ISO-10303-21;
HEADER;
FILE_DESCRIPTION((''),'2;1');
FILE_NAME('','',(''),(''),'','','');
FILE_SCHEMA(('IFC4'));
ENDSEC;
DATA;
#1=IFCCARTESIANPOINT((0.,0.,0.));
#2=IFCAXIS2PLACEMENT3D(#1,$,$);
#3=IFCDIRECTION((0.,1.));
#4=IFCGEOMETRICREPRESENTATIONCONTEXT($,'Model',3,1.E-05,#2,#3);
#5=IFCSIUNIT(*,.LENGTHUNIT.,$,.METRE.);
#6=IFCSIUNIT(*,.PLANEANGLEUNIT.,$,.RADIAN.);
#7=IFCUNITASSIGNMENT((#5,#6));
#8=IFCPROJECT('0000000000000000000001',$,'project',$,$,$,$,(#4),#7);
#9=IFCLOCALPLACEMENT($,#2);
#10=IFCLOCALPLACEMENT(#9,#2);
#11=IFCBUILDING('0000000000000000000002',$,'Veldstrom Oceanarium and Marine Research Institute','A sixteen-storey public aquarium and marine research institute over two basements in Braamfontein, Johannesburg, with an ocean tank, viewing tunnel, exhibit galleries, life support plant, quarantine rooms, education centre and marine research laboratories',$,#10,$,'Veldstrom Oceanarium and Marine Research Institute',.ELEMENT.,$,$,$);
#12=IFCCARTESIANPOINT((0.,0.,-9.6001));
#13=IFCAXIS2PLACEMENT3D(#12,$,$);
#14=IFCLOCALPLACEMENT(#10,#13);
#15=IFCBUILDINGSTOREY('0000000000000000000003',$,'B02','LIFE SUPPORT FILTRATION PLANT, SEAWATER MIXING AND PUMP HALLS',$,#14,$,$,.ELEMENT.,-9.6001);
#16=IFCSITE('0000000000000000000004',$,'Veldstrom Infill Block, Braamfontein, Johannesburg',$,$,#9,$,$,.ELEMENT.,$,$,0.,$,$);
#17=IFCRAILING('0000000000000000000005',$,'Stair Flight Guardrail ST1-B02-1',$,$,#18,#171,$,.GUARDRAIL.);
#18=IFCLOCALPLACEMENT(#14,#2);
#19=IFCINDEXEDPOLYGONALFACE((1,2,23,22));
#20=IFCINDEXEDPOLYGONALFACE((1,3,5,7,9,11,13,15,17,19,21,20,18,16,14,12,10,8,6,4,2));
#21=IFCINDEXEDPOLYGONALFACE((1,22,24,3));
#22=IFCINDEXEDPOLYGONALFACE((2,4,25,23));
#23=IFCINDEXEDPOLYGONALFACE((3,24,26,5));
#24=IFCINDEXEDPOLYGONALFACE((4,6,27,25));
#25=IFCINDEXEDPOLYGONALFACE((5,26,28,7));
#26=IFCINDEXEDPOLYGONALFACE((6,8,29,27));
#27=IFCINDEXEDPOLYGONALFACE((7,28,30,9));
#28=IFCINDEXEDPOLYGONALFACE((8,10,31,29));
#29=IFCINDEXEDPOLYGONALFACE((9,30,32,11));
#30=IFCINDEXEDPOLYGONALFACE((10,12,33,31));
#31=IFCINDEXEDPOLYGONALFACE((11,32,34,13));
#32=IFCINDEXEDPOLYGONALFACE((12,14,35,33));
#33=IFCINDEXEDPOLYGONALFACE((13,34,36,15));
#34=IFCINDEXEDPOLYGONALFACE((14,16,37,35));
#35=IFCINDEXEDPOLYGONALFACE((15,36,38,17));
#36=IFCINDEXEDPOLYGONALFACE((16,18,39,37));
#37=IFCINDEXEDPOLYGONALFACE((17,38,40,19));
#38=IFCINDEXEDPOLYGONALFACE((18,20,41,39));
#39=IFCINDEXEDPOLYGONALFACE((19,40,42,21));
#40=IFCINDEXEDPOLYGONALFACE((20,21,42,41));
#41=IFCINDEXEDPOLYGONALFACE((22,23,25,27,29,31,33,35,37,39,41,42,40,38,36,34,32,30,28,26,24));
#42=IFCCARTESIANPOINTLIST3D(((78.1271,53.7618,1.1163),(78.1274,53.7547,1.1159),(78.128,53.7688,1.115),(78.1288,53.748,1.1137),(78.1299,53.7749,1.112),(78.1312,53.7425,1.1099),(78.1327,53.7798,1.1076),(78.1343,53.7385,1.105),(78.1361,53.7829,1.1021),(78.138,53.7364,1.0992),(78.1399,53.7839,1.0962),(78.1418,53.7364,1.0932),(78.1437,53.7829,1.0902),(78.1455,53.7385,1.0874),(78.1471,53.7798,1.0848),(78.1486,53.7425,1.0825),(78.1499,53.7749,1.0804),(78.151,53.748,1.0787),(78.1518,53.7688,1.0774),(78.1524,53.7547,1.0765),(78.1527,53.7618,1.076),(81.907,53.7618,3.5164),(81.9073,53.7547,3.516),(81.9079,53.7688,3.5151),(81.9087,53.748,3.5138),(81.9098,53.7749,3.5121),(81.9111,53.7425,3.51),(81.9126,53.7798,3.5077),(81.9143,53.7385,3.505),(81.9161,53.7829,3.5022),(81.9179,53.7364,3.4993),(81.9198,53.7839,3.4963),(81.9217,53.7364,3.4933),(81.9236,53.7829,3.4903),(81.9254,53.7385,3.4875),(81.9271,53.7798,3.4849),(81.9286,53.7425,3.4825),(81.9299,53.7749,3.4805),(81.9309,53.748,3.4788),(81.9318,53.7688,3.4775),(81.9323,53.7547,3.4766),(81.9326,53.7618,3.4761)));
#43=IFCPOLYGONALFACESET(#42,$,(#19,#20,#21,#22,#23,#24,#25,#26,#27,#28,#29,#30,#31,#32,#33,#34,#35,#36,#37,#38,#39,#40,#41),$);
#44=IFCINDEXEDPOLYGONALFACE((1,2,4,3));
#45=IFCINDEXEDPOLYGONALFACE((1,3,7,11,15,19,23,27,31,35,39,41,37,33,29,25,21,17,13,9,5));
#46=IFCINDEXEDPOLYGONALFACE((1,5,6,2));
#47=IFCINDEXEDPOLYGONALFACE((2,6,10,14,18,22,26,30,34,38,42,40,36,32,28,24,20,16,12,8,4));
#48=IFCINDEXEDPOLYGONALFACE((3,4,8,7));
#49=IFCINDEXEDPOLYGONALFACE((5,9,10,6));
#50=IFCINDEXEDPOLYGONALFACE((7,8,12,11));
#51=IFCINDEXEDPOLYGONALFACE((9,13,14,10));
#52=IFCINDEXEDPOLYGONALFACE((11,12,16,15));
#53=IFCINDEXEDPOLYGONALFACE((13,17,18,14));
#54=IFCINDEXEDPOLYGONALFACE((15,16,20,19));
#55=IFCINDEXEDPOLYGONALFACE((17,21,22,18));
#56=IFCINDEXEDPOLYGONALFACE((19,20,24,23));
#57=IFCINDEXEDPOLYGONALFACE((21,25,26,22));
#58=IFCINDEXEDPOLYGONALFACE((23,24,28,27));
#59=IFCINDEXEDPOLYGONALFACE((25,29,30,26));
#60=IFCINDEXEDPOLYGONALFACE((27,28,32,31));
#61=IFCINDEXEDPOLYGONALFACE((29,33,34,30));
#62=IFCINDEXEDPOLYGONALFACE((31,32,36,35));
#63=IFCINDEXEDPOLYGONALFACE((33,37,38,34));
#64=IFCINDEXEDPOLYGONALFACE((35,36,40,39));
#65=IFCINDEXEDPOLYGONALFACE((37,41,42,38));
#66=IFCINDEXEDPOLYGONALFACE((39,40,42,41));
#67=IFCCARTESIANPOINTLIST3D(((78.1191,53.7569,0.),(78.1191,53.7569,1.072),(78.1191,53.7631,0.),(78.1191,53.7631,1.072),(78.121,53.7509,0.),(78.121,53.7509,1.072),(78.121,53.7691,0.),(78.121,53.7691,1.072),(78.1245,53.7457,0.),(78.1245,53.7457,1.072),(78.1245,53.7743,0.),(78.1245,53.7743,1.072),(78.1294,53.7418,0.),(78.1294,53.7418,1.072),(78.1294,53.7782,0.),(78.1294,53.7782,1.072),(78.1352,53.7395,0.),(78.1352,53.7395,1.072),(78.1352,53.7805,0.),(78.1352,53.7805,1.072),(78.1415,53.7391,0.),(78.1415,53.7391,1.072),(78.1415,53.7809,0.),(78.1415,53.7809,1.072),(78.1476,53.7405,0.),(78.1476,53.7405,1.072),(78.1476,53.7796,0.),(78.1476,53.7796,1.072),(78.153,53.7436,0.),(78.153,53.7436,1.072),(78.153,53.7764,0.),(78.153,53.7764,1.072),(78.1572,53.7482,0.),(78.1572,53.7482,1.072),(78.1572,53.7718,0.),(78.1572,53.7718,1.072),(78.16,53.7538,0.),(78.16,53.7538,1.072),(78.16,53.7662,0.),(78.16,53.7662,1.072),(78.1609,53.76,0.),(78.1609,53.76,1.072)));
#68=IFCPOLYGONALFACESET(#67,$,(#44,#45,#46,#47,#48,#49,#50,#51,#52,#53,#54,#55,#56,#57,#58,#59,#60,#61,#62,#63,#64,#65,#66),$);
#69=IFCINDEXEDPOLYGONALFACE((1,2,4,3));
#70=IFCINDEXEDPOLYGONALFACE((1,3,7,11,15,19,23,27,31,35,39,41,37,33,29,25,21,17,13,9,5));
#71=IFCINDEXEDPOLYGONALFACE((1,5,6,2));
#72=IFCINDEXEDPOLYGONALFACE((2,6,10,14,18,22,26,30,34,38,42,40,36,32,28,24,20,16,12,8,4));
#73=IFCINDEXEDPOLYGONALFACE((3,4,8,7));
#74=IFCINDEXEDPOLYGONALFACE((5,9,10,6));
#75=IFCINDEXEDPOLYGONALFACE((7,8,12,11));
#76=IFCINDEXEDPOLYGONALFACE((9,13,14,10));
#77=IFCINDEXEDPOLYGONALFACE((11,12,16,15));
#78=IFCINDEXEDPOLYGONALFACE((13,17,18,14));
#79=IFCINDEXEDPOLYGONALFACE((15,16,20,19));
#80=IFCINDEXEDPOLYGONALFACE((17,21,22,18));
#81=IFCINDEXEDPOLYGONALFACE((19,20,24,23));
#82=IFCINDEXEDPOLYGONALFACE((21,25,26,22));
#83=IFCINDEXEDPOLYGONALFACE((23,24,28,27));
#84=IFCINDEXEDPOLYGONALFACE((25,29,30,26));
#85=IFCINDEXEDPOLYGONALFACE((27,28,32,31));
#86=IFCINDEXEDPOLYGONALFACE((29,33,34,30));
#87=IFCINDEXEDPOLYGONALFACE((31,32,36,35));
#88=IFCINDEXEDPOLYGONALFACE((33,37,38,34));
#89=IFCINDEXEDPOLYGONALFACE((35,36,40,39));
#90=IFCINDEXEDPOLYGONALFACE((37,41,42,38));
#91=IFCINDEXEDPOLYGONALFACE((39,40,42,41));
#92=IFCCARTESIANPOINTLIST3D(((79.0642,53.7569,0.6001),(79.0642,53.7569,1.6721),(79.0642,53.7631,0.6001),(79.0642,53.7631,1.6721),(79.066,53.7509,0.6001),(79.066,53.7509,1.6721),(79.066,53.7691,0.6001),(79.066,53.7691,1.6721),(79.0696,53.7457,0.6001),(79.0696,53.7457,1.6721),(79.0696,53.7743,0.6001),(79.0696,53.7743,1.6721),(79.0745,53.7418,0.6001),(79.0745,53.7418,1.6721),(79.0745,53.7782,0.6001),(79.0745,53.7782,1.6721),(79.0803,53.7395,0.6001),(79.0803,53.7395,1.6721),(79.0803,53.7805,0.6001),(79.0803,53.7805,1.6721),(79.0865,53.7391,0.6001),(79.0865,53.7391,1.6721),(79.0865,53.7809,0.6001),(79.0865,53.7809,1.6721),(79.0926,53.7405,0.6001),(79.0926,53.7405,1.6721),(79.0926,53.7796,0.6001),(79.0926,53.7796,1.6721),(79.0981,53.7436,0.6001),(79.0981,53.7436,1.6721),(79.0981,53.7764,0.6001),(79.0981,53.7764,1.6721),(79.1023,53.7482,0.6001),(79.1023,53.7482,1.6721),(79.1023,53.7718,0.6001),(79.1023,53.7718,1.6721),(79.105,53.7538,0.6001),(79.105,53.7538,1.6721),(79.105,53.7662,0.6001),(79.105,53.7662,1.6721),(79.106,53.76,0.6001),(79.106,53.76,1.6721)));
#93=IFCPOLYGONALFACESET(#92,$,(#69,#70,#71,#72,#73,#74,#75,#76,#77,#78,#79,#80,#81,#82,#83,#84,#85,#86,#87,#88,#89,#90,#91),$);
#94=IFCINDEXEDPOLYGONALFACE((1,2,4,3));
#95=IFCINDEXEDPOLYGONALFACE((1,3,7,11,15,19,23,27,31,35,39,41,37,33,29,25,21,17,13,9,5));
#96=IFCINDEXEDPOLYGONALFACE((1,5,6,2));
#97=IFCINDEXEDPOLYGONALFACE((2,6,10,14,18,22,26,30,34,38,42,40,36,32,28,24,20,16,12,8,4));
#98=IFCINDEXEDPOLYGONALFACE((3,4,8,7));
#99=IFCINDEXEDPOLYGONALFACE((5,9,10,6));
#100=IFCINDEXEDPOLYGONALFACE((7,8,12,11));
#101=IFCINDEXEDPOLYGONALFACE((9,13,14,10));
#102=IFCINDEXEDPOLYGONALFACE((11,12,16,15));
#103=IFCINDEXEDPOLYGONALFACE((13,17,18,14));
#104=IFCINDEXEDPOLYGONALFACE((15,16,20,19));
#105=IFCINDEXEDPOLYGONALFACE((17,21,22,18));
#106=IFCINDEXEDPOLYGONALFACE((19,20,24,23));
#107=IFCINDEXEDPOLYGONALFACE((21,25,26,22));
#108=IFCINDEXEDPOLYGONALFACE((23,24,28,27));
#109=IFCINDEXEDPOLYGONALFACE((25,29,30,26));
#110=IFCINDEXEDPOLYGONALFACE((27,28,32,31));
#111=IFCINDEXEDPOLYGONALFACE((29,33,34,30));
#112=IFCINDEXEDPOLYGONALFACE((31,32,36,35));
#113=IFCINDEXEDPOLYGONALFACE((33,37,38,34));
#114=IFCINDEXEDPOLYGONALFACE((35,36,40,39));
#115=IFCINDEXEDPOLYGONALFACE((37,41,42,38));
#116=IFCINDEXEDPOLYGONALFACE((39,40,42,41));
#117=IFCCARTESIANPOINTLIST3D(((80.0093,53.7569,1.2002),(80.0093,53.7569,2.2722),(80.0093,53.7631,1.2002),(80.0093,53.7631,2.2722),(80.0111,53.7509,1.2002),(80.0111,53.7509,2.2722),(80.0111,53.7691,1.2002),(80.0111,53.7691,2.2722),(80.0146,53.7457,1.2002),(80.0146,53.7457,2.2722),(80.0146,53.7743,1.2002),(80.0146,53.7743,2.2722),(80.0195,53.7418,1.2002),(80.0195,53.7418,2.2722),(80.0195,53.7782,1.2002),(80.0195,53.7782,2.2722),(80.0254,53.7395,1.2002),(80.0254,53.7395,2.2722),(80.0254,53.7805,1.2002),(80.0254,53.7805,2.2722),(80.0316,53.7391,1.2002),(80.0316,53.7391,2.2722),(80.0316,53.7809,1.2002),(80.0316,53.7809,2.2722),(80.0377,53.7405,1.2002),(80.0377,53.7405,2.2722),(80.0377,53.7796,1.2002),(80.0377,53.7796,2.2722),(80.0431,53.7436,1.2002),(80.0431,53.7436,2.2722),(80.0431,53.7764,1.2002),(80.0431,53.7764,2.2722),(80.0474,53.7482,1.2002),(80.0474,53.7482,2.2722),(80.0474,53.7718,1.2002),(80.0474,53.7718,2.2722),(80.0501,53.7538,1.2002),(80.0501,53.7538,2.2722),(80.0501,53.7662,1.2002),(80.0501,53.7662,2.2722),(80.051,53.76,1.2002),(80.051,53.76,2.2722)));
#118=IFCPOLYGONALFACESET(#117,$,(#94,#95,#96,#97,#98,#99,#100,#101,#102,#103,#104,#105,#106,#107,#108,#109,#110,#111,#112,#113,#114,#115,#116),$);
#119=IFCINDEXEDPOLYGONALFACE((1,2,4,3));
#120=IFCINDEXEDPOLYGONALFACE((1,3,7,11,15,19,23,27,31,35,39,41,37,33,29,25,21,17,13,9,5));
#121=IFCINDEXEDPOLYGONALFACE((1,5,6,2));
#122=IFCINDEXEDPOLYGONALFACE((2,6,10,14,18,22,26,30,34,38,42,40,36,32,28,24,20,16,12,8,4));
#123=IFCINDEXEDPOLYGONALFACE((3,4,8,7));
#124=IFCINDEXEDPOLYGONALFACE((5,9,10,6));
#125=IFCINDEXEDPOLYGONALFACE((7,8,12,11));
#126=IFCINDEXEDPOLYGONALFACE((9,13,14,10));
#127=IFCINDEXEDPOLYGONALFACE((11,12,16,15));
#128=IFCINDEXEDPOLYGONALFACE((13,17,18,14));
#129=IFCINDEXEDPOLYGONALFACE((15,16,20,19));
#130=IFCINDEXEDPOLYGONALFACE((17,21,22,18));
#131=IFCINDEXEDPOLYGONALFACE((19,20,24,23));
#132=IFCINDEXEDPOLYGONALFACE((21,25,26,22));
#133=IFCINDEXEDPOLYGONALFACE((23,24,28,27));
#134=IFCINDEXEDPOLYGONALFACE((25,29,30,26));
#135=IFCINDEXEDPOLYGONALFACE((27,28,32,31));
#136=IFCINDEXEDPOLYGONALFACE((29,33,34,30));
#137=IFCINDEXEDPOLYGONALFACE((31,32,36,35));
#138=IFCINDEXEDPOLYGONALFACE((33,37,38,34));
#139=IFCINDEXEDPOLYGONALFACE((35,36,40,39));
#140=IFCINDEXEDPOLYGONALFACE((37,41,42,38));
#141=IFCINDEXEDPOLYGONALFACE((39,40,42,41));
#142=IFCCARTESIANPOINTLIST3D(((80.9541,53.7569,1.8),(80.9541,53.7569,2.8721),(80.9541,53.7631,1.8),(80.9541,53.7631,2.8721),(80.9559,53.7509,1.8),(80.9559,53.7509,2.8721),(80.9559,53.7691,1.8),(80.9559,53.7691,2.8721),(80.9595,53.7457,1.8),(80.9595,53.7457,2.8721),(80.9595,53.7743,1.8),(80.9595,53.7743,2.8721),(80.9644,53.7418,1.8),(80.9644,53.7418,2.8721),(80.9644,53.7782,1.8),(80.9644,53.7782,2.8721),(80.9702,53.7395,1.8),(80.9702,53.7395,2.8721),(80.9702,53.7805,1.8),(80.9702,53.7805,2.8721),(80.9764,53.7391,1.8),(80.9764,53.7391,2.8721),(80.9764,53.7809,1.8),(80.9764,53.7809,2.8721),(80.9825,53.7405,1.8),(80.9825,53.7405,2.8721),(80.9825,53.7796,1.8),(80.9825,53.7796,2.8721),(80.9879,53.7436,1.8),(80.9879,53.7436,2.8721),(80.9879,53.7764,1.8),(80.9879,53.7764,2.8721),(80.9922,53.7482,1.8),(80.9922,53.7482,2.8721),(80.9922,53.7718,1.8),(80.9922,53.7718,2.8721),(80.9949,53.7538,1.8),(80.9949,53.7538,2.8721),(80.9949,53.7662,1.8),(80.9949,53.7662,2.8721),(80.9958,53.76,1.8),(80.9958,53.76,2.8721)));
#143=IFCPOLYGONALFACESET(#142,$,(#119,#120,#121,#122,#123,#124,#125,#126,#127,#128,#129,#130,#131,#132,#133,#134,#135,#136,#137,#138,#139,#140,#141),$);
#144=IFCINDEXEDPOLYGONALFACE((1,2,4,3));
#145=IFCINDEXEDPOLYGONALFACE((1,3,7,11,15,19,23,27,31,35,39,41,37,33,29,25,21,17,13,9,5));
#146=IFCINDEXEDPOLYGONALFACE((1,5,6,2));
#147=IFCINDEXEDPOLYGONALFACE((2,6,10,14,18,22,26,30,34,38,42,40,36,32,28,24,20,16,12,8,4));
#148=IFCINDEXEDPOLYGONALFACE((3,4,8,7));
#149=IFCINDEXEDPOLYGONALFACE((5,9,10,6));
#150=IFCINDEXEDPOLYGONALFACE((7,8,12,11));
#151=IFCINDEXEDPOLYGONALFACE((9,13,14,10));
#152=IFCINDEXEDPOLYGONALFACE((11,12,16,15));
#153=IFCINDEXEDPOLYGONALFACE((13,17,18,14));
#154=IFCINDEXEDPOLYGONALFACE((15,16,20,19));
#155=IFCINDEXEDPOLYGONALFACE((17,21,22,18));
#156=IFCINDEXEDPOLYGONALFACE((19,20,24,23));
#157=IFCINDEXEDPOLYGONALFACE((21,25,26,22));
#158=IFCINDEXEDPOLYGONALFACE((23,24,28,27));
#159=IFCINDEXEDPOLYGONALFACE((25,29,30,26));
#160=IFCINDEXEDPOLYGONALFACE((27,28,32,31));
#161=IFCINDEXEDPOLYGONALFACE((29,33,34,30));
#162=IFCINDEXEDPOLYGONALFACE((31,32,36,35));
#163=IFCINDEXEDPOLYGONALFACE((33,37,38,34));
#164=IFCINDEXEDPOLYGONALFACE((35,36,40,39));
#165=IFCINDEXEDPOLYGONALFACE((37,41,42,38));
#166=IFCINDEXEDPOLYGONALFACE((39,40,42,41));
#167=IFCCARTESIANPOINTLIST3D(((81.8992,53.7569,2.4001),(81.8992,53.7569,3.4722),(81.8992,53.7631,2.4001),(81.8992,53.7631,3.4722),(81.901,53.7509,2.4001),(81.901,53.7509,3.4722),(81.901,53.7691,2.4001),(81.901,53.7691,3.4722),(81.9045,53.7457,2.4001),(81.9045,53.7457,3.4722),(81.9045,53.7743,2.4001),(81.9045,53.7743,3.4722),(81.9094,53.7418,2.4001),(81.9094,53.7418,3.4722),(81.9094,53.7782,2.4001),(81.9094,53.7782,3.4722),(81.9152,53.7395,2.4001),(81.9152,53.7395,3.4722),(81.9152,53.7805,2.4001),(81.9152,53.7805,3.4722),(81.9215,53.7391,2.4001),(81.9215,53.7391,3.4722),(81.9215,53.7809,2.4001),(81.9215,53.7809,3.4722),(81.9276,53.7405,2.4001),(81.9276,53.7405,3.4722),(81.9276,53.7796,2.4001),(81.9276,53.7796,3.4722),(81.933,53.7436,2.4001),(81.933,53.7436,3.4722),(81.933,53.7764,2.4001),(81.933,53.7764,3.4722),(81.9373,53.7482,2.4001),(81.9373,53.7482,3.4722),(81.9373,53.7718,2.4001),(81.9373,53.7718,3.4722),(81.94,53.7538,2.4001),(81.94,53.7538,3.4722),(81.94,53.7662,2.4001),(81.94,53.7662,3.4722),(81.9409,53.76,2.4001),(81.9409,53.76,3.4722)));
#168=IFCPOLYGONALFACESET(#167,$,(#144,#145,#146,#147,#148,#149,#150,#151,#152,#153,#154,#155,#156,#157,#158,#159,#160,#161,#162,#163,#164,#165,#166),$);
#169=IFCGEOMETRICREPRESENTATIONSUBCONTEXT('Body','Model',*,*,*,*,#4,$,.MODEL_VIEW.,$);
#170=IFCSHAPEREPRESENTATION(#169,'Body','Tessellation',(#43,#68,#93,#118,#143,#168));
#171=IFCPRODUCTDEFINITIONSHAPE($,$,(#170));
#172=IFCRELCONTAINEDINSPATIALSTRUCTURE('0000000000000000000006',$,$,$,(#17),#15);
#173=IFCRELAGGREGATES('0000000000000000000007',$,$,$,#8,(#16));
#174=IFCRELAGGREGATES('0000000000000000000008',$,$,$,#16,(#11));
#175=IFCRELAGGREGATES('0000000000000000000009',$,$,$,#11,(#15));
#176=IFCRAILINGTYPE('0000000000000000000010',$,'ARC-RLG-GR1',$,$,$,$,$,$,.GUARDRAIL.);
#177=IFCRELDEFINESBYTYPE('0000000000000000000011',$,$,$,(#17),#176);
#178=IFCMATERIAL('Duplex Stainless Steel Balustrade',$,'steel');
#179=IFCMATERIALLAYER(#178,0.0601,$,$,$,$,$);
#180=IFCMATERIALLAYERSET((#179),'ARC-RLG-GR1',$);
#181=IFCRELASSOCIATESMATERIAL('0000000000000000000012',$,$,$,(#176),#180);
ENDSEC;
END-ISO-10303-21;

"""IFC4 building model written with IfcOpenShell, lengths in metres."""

from ifc_helpers import new_model, si_unit, direction, frame, origin, origin_2d, place, context, subcontext, project, spatial, circle, extrude, material, layer, layer_set, type_object, element, save


model = new_model("IFC4")

# Units and contexts
model_context = context("Model", 3, precision=1e-05, world=origin(), true_north=direction((0.0, 1.0)))
body_context = subcontext(model_context, "Body", "Model", "MODEL_VIEW")
ifc_project = project(units=[si_unit("LENGTHUNIT", "METRE"), si_unit("PLANEANGLEUNIT", "RADIAN")], contexts=[model_context])

# Site, building, storey
site_placement = place(None, origin())
site = spatial("IfcSite", under=ifc_project, at=site_placement, Name="Veldstrom Infill Block, Braamfontein, Johannesburg", CompositionType="ELEMENT", RefElevation=0.0)
building_placement = place(site_placement, origin())
building = spatial("IfcBuilding", under=site, at=building_placement, Name="Veldstrom Oceanarium and Marine Research Institute", Description="A sixteen-storey public aquarium and marine research institute over two basements in Braamfontein, Johannesburg, with an ocean tank, viewing tunnel, exhibit galleries, life support plant, quarantine rooms, education centre and marine research laboratories", LongName="Veldstrom Oceanarium and Marine Research Institute", CompositionType="ELEMENT")
storey_placement = place(building_placement, frame((0.0, 0.0, -9.6001)))
storey = spatial("IfcBuildingStorey", under=building, at=storey_placement, Name="B02", Description="LIFE SUPPORT FILTRATION PLANT, SEAWATER MIXING AND PUMP HALLS", CompositionType="ELEMENT", Elevation=-9.6001)

# Railing
ifc_material_1 = material(Name="Duplex Stainless Steel Balustrade", Category="steel")
ifc_layer_1 = layer(ifc_material_1, 0.0601)
ifc_layer_set_1 = layer_set([ifc_layer_1], Name="ARC-RLG-GR1")
railing_type_1 = type_object("IfcRailingType", Name="ARC-RLG-GR1", PredefinedType="GUARDRAIL", material=ifc_layer_set_1)
railing_1_placement = place(storey_placement, frame((78.1399, 53.76, 0.0)))
element("IfcRailing", 1, at=railing_1_placement, inside=storey, type_object=railing_type_1, Name="Stair Flight Guardrail ST1-B02-1", PredefinedType="GUARDRAIL", context=body_context, shape_type="SweptSolid", body=[
    extrude(circle(Radius=0.0239, at=origin_2d()), frame((0.0, 0.0, 1.0962), z_axis=(0.8442, 0.0, 0.536028), x_axis=(0.0, 1.0, 0.0)), (0.0, 0.0, 1.0), 4.4775),
    extrude(circle(Radius=0.021, at=origin_2d()), origin(), (0.0, 0.0, 1.0), 1.072),
    extrude(circle(Radius=0.021, at=origin_2d()), frame((0.9451, 0.0, 0.6001)), (0.0, 0.0, 1.0), 1.072),
    extrude(circle(Radius=0.021, at=origin_2d()), frame((1.8901, 0.0, 1.2002)), (0.0, 0.0, 1.0), 1.072),
    extrude(circle(Radius=0.021, at=origin_2d()), frame((2.835, 0.0, 1.8)), (0.0, 0.0, 1.0), 1.072),
    extrude(circle(Radius=0.021, at=origin_2d()), frame((3.78, 0.0, 2.4001)), (0.0, 0.0, 1.0), 1.072),
])

save(model, "model.ifc")
